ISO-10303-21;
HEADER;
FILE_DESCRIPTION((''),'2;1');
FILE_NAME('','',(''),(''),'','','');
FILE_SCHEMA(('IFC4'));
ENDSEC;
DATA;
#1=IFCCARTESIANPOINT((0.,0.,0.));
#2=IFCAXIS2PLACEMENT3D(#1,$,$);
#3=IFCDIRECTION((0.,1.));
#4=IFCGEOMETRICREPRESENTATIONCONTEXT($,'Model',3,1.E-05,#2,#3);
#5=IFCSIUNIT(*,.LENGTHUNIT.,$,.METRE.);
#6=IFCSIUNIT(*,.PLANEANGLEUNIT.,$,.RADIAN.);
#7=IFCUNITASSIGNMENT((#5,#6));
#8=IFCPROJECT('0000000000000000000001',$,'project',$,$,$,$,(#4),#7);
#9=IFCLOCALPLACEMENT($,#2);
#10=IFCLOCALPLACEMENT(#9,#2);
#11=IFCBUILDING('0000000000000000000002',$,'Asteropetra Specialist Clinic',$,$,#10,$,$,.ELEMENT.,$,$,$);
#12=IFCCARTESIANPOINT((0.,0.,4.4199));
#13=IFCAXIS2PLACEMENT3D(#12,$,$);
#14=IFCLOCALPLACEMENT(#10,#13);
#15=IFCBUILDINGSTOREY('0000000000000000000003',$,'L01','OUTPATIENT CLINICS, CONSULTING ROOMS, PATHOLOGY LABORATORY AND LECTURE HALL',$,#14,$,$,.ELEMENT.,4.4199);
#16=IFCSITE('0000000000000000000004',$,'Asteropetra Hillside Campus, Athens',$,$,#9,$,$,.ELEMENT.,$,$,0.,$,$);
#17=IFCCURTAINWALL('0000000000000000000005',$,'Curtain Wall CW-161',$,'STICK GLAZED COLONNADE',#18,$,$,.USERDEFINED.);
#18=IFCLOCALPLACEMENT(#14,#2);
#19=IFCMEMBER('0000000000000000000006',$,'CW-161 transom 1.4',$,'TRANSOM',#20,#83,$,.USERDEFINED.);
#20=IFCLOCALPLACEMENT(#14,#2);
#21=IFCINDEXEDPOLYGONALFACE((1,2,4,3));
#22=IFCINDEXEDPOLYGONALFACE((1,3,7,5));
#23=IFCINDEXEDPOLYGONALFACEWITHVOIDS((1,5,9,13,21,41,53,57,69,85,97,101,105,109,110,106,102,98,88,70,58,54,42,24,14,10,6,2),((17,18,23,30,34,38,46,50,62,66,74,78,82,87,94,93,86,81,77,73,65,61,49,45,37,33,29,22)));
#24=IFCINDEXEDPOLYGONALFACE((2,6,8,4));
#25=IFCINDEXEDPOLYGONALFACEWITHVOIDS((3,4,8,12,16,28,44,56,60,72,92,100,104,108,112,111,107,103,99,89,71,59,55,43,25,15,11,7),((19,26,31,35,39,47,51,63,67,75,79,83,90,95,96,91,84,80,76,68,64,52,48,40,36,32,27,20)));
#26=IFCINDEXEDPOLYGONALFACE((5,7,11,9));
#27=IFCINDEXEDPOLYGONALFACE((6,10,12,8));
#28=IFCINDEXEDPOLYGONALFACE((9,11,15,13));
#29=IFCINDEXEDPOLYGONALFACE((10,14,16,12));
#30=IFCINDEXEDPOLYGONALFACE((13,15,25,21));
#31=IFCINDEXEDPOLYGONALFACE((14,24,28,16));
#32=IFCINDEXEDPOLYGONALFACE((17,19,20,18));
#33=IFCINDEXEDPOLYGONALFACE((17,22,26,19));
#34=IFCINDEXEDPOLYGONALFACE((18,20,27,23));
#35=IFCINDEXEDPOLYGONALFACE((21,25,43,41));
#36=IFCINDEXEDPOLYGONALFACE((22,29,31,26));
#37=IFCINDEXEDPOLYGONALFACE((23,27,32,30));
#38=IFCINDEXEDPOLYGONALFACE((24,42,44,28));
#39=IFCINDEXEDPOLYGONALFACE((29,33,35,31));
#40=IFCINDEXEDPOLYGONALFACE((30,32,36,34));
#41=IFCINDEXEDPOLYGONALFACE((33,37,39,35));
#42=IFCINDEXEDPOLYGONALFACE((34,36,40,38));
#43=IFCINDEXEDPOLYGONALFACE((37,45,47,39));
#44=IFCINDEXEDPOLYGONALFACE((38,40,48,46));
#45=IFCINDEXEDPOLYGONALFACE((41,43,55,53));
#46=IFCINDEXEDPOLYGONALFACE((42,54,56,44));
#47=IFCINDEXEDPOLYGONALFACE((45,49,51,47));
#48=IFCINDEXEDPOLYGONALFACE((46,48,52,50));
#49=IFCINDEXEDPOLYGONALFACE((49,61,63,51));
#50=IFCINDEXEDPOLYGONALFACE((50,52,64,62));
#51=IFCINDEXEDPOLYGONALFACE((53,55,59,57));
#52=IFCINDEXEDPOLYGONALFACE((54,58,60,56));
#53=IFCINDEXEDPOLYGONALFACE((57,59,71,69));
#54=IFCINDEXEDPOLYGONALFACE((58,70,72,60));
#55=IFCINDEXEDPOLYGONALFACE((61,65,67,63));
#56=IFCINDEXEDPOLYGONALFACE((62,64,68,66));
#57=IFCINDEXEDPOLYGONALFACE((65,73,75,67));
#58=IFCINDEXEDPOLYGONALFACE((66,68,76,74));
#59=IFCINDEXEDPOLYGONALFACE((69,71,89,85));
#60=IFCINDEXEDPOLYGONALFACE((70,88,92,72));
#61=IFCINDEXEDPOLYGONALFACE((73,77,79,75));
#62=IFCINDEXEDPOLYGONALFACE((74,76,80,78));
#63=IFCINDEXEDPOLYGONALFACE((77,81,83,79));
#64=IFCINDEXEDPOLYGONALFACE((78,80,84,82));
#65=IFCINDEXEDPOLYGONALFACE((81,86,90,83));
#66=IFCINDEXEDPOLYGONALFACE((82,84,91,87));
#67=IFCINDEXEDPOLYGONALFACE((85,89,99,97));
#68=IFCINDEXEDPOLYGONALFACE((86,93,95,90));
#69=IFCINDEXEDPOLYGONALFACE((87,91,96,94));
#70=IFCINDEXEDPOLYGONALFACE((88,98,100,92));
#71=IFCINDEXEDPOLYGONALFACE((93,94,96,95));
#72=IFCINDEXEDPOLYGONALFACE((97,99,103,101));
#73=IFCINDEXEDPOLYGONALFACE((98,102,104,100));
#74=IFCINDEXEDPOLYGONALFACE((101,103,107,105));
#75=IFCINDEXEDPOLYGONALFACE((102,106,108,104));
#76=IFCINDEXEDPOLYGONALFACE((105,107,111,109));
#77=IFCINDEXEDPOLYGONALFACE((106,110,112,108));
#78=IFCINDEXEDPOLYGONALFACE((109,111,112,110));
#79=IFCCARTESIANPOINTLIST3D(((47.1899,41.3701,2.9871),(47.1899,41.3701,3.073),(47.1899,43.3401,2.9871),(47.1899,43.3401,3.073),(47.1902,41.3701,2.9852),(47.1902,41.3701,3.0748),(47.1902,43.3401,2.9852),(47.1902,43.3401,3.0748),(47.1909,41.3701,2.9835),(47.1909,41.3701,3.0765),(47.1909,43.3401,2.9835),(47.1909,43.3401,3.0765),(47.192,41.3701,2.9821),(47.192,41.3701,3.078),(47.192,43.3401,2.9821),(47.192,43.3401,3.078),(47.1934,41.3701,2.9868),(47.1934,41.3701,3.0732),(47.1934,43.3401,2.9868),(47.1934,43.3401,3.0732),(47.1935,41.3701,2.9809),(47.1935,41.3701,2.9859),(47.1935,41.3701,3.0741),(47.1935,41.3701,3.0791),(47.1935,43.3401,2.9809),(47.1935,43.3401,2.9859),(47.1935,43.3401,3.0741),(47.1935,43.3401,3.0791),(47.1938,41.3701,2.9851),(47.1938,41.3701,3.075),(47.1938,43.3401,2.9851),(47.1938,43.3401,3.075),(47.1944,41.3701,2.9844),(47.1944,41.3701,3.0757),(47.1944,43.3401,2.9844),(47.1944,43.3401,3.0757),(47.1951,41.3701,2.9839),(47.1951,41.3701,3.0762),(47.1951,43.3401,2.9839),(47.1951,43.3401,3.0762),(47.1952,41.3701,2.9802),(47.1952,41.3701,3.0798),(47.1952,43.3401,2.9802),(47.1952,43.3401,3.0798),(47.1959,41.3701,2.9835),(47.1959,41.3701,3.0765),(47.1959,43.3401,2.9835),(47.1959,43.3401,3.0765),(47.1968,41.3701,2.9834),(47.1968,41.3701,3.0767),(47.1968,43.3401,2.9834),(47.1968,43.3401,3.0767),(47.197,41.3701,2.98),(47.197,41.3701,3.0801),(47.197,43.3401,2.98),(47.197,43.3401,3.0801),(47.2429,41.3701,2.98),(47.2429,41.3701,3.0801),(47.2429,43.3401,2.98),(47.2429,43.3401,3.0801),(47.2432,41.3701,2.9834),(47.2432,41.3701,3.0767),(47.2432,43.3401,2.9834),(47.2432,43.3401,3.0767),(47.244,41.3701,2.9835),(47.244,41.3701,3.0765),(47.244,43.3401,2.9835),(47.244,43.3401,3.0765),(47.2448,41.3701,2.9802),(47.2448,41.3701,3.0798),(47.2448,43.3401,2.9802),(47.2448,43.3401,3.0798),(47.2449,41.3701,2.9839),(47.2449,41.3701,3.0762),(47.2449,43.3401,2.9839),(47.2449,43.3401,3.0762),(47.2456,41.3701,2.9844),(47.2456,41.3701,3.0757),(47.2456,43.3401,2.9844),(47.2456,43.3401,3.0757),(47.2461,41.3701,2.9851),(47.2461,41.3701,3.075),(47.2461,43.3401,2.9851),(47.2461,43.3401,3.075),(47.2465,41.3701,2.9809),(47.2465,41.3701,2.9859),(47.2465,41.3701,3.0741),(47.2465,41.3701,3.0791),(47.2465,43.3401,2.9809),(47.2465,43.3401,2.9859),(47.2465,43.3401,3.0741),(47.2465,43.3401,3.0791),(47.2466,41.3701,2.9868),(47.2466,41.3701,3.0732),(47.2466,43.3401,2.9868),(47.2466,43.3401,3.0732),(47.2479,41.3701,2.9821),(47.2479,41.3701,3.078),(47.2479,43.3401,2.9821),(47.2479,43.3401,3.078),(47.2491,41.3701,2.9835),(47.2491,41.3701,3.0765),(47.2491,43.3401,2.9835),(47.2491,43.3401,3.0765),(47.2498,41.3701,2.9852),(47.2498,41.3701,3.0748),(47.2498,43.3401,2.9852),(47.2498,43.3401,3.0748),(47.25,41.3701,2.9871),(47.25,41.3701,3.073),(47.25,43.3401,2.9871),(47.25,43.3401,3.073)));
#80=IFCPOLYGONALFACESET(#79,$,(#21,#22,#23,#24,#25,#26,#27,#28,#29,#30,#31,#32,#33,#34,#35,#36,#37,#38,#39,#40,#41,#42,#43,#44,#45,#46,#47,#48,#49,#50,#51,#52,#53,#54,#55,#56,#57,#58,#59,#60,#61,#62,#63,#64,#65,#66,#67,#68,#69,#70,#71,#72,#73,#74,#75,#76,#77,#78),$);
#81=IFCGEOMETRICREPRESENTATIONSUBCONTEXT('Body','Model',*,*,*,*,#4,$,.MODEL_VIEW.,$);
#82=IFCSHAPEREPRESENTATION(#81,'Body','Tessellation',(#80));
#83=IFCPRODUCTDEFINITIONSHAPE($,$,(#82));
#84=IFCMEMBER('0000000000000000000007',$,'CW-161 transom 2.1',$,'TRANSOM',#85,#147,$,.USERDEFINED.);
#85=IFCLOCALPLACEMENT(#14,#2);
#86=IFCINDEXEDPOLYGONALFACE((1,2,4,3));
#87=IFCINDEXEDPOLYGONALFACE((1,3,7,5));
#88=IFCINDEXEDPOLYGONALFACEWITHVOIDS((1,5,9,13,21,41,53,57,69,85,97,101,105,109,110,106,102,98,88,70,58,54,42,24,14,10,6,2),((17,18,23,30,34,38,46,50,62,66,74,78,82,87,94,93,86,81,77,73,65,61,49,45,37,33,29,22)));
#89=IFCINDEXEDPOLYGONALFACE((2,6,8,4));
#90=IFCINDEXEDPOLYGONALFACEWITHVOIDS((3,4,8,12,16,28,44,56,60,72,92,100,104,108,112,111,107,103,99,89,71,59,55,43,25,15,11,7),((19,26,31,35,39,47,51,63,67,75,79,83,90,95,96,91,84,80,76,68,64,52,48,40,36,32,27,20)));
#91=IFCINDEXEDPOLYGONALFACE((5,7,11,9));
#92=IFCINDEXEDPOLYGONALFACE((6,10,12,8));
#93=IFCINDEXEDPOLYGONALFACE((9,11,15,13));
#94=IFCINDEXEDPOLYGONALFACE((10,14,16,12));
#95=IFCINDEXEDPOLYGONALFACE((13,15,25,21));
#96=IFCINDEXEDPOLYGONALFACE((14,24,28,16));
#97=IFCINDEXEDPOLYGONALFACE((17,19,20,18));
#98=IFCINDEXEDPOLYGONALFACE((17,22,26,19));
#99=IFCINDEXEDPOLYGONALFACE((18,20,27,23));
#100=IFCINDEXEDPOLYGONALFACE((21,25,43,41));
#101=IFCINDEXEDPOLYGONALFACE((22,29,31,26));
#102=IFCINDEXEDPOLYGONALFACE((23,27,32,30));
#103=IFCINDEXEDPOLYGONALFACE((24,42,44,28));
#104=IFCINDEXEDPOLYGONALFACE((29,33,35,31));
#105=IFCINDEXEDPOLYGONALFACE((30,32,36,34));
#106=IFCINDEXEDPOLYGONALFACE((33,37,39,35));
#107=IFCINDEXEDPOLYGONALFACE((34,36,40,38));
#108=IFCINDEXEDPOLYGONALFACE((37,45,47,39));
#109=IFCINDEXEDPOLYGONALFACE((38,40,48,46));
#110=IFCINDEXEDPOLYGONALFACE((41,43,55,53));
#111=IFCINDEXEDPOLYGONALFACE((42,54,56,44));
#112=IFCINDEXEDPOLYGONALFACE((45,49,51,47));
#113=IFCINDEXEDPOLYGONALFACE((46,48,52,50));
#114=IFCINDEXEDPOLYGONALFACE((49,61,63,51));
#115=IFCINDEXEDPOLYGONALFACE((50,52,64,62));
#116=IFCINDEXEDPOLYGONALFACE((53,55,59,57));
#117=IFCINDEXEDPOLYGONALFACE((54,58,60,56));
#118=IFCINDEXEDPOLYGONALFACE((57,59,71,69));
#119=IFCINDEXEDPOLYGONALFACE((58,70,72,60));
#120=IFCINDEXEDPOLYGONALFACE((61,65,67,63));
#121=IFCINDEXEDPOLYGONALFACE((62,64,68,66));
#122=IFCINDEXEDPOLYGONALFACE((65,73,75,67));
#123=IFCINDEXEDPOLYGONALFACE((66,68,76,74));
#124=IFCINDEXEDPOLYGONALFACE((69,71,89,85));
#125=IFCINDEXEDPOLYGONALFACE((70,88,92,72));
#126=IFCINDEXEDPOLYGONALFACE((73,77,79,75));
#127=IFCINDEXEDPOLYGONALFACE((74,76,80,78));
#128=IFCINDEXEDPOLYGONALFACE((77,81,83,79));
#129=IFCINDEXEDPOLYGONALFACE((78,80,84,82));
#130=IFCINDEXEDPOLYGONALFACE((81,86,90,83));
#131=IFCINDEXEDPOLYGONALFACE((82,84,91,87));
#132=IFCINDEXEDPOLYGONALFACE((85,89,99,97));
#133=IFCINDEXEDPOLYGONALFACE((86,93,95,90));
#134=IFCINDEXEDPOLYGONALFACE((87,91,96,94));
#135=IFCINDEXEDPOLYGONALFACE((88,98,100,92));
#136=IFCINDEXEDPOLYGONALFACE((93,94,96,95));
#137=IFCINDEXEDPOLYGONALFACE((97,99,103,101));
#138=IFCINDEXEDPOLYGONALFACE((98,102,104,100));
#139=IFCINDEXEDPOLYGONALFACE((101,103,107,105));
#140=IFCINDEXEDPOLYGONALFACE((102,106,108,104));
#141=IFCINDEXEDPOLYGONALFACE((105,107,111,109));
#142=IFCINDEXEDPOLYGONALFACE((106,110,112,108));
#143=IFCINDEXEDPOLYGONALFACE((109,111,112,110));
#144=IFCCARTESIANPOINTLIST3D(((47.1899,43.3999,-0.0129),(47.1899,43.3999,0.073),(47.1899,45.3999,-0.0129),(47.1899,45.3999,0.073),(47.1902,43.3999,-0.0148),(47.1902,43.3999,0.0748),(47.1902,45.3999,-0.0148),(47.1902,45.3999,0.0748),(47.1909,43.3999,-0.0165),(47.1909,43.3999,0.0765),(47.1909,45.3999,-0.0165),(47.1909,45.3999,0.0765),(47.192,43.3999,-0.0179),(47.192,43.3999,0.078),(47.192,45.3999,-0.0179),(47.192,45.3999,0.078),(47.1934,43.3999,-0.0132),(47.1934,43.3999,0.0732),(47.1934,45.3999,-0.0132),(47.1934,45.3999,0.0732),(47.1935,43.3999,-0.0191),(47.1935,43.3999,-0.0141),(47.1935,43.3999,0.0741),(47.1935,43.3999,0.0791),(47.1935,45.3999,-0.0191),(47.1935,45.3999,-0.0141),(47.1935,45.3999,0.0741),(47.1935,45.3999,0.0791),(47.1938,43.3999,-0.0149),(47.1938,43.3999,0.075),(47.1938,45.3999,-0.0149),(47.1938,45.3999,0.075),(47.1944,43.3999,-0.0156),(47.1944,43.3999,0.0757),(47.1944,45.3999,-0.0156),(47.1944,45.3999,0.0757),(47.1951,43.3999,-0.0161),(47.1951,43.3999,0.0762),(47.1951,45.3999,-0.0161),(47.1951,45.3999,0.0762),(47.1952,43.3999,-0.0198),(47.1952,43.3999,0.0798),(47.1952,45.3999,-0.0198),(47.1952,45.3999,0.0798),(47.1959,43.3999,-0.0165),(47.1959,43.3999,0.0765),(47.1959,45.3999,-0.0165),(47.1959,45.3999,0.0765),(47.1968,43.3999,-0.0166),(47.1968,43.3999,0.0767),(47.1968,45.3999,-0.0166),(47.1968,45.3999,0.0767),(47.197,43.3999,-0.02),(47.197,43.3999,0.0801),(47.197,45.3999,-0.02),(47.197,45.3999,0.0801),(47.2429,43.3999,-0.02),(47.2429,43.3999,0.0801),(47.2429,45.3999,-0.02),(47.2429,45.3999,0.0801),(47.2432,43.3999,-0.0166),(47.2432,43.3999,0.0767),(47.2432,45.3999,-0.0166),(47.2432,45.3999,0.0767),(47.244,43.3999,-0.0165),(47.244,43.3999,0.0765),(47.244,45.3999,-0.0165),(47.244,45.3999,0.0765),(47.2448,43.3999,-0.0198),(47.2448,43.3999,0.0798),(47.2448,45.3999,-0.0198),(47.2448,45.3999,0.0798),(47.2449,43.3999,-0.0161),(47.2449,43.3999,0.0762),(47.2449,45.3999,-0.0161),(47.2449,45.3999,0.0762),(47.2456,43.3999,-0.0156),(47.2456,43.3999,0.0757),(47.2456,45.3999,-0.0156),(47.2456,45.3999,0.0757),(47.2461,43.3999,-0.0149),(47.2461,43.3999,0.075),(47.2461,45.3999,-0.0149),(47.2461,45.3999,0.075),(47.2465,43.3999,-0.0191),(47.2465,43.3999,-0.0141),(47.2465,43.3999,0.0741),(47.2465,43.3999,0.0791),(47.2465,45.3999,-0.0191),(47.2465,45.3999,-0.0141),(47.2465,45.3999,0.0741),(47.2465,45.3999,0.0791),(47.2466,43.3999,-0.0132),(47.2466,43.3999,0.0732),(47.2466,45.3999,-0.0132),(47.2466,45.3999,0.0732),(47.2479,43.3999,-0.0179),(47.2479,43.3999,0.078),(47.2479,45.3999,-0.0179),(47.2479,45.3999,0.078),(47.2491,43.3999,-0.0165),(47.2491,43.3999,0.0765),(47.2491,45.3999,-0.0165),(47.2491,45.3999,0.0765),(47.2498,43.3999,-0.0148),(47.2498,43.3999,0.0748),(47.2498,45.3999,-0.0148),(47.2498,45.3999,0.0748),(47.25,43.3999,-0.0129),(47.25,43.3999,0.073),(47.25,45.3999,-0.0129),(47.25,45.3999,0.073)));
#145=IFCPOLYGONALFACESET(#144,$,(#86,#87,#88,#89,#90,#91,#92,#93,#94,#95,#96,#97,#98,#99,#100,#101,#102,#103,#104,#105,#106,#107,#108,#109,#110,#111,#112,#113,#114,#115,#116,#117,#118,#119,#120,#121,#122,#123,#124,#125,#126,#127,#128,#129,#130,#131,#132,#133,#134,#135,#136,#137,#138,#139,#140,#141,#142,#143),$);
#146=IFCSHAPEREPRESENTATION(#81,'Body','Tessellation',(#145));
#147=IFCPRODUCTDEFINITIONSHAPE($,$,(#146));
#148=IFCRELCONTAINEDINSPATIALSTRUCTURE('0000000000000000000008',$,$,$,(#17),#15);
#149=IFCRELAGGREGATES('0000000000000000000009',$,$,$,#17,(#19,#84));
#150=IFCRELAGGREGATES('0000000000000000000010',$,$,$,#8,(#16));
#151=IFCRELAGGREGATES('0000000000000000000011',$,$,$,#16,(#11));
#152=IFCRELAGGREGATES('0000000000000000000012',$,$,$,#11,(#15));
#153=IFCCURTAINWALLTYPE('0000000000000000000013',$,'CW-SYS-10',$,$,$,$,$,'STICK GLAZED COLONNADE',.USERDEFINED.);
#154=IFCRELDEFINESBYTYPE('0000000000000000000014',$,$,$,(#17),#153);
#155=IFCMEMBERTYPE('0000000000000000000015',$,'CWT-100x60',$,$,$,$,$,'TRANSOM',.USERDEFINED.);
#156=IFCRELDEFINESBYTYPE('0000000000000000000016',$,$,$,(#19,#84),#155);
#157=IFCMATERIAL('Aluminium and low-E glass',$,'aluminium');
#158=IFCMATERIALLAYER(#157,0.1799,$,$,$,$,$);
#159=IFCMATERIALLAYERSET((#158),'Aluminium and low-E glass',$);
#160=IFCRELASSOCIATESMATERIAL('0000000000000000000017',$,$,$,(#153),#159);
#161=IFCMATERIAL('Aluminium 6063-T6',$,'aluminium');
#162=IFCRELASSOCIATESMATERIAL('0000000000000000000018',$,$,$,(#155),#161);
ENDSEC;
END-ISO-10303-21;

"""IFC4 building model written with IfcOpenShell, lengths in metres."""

from ifc_helpers import new_model, si_unit, direction, frame, origin, origin_2d, place, context, subcontext, project, spatial, hollow_rectangle, extrude, material, layer, layer_set, material_profile, profile_set, type_object, element, aggregate, save


model = new_model("IFC4")

# Units and contexts
model_context = context("Model", 3, precision=1e-05, world=origin(), true_north=direction((0.0, 1.0)))
body_context = subcontext(model_context, "Body", "Model", "MODEL_VIEW")
ifc_project = project(units=[si_unit("LENGTHUNIT", "METRE"), si_unit("PLANEANGLEUNIT", "RADIAN")], contexts=[model_context])

# Site, building, storey
site_placement = place(None, origin())
site = spatial("IfcSite", under=ifc_project, at=site_placement, Name="Asteropetra Hillside Campus, Athens", CompositionType="ELEMENT", RefElevation=0.0)
building_placement = place(site_placement, origin())
building = spatial("IfcBuilding", under=site, at=building_placement, Name="Asteropetra Specialist Clinic", CompositionType="ELEMENT")
storey_placement = place(building_placement, frame((0.0, 0.0, 4.4199)))
storey = spatial("IfcBuildingStorey", under=building, at=storey_placement, Name="L01", Description="OUTPATIENT CLINICS, CONSULTING ROOMS, PATHOLOGY LABORATORY AND LECTURE HALL", CompositionType="ELEMENT", Elevation=4.4199)

# Curtain wall
ifc_material_1 = material(Name="Aluminium and low-E glass", Category="aluminium")
ifc_layer_1 = layer(ifc_material_1, 0.1799)
ifc_layer_set_1 = layer_set([ifc_layer_1], Name="Aluminium and low-E glass")
curtain_wall_type_1 = type_object("IfcCurtainWallType", Name="CW-SYS-10", ElementType="STICK GLAZED COLONNADE", PredefinedType="USERDEFINED", material=ifc_layer_set_1)
curtain_wall_1_placement = place(storey_placement, origin())
curtain_wall_1 = element("IfcCurtainWall", 1, at=curtain_wall_1_placement, inside=storey, type_object=curtain_wall_type_1, Name="Curtain Wall CW-161", ObjectType="STICK GLAZED COLONNADE", PredefinedType="USERDEFINED")

# Members
ifc_material_2 = material(Name="Aluminium 6063-T6", Category="aluminium")
ifc_material_profile_1 = material_profile(ifc_material_2, hollow_rectangle(XDim=0.0601, YDim=0.1001, WallThickness=0.0034, InnerFilletRadius=0.0034, OuterFilletRadius=0.0071, at=origin_2d()), Name="TRN 100x60x3.5")
ifc_profile_set_1 = profile_set([ifc_material_profile_1], Name="Aluminium 6063-T6")
member_type_1 = type_object("IfcMemberType", Name="CWT-100x60", ElementType="TRANSOM", PredefinedType="USERDEFINED", material=ifc_profile_set_1)
member_1_placement = place(storey_placement, frame((47.22, 41.3701, 3.03), z_axis=(0.0, 1.0, 0.0), x_axis=(-1.0, 0.0, 0.0)))
member_1 = element("IfcMember", 2, at=member_1_placement, type_object=member_type_1, Name="CW-161 transom 1.4", ObjectType="TRANSOM", PredefinedType="USERDEFINED", context=body_context, shape_type="SweptSolid", body=[
    extrude(hollow_rectangle(XDim=0.0601, YDim=0.1001, WallThickness=0.0034, InnerFilletRadius=0.0034, OuterFilletRadius=0.0071, at=origin_2d()), origin(), (0.0, 0.0, 1.0), 1.97),
])
member_2_placement = place(storey_placement, frame((47.22, 43.3999, 0.03), z_axis=(0.0, 1.0, 0.0), x_axis=(-1.0, 0.0, 0.0)))
member_2 = element("IfcMember", 3, at=member_2_placement, type_object=member_type_1, Name="CW-161 transom 2.1", ObjectType="TRANSOM", PredefinedType="USERDEFINED", context=body_context, shape_type="SweptSolid", body=[
    extrude(hollow_rectangle(XDim=0.0601, YDim=0.1001, WallThickness=0.0034, InnerFilletRadius=0.0034, OuterFilletRadius=0.0071, at=origin_2d()), origin(), (0.0, 0.0, 1.0), 2.0),
])

aggregate(curtain_wall_1, [member_1, member_2])

save(model, "model.ifc")
